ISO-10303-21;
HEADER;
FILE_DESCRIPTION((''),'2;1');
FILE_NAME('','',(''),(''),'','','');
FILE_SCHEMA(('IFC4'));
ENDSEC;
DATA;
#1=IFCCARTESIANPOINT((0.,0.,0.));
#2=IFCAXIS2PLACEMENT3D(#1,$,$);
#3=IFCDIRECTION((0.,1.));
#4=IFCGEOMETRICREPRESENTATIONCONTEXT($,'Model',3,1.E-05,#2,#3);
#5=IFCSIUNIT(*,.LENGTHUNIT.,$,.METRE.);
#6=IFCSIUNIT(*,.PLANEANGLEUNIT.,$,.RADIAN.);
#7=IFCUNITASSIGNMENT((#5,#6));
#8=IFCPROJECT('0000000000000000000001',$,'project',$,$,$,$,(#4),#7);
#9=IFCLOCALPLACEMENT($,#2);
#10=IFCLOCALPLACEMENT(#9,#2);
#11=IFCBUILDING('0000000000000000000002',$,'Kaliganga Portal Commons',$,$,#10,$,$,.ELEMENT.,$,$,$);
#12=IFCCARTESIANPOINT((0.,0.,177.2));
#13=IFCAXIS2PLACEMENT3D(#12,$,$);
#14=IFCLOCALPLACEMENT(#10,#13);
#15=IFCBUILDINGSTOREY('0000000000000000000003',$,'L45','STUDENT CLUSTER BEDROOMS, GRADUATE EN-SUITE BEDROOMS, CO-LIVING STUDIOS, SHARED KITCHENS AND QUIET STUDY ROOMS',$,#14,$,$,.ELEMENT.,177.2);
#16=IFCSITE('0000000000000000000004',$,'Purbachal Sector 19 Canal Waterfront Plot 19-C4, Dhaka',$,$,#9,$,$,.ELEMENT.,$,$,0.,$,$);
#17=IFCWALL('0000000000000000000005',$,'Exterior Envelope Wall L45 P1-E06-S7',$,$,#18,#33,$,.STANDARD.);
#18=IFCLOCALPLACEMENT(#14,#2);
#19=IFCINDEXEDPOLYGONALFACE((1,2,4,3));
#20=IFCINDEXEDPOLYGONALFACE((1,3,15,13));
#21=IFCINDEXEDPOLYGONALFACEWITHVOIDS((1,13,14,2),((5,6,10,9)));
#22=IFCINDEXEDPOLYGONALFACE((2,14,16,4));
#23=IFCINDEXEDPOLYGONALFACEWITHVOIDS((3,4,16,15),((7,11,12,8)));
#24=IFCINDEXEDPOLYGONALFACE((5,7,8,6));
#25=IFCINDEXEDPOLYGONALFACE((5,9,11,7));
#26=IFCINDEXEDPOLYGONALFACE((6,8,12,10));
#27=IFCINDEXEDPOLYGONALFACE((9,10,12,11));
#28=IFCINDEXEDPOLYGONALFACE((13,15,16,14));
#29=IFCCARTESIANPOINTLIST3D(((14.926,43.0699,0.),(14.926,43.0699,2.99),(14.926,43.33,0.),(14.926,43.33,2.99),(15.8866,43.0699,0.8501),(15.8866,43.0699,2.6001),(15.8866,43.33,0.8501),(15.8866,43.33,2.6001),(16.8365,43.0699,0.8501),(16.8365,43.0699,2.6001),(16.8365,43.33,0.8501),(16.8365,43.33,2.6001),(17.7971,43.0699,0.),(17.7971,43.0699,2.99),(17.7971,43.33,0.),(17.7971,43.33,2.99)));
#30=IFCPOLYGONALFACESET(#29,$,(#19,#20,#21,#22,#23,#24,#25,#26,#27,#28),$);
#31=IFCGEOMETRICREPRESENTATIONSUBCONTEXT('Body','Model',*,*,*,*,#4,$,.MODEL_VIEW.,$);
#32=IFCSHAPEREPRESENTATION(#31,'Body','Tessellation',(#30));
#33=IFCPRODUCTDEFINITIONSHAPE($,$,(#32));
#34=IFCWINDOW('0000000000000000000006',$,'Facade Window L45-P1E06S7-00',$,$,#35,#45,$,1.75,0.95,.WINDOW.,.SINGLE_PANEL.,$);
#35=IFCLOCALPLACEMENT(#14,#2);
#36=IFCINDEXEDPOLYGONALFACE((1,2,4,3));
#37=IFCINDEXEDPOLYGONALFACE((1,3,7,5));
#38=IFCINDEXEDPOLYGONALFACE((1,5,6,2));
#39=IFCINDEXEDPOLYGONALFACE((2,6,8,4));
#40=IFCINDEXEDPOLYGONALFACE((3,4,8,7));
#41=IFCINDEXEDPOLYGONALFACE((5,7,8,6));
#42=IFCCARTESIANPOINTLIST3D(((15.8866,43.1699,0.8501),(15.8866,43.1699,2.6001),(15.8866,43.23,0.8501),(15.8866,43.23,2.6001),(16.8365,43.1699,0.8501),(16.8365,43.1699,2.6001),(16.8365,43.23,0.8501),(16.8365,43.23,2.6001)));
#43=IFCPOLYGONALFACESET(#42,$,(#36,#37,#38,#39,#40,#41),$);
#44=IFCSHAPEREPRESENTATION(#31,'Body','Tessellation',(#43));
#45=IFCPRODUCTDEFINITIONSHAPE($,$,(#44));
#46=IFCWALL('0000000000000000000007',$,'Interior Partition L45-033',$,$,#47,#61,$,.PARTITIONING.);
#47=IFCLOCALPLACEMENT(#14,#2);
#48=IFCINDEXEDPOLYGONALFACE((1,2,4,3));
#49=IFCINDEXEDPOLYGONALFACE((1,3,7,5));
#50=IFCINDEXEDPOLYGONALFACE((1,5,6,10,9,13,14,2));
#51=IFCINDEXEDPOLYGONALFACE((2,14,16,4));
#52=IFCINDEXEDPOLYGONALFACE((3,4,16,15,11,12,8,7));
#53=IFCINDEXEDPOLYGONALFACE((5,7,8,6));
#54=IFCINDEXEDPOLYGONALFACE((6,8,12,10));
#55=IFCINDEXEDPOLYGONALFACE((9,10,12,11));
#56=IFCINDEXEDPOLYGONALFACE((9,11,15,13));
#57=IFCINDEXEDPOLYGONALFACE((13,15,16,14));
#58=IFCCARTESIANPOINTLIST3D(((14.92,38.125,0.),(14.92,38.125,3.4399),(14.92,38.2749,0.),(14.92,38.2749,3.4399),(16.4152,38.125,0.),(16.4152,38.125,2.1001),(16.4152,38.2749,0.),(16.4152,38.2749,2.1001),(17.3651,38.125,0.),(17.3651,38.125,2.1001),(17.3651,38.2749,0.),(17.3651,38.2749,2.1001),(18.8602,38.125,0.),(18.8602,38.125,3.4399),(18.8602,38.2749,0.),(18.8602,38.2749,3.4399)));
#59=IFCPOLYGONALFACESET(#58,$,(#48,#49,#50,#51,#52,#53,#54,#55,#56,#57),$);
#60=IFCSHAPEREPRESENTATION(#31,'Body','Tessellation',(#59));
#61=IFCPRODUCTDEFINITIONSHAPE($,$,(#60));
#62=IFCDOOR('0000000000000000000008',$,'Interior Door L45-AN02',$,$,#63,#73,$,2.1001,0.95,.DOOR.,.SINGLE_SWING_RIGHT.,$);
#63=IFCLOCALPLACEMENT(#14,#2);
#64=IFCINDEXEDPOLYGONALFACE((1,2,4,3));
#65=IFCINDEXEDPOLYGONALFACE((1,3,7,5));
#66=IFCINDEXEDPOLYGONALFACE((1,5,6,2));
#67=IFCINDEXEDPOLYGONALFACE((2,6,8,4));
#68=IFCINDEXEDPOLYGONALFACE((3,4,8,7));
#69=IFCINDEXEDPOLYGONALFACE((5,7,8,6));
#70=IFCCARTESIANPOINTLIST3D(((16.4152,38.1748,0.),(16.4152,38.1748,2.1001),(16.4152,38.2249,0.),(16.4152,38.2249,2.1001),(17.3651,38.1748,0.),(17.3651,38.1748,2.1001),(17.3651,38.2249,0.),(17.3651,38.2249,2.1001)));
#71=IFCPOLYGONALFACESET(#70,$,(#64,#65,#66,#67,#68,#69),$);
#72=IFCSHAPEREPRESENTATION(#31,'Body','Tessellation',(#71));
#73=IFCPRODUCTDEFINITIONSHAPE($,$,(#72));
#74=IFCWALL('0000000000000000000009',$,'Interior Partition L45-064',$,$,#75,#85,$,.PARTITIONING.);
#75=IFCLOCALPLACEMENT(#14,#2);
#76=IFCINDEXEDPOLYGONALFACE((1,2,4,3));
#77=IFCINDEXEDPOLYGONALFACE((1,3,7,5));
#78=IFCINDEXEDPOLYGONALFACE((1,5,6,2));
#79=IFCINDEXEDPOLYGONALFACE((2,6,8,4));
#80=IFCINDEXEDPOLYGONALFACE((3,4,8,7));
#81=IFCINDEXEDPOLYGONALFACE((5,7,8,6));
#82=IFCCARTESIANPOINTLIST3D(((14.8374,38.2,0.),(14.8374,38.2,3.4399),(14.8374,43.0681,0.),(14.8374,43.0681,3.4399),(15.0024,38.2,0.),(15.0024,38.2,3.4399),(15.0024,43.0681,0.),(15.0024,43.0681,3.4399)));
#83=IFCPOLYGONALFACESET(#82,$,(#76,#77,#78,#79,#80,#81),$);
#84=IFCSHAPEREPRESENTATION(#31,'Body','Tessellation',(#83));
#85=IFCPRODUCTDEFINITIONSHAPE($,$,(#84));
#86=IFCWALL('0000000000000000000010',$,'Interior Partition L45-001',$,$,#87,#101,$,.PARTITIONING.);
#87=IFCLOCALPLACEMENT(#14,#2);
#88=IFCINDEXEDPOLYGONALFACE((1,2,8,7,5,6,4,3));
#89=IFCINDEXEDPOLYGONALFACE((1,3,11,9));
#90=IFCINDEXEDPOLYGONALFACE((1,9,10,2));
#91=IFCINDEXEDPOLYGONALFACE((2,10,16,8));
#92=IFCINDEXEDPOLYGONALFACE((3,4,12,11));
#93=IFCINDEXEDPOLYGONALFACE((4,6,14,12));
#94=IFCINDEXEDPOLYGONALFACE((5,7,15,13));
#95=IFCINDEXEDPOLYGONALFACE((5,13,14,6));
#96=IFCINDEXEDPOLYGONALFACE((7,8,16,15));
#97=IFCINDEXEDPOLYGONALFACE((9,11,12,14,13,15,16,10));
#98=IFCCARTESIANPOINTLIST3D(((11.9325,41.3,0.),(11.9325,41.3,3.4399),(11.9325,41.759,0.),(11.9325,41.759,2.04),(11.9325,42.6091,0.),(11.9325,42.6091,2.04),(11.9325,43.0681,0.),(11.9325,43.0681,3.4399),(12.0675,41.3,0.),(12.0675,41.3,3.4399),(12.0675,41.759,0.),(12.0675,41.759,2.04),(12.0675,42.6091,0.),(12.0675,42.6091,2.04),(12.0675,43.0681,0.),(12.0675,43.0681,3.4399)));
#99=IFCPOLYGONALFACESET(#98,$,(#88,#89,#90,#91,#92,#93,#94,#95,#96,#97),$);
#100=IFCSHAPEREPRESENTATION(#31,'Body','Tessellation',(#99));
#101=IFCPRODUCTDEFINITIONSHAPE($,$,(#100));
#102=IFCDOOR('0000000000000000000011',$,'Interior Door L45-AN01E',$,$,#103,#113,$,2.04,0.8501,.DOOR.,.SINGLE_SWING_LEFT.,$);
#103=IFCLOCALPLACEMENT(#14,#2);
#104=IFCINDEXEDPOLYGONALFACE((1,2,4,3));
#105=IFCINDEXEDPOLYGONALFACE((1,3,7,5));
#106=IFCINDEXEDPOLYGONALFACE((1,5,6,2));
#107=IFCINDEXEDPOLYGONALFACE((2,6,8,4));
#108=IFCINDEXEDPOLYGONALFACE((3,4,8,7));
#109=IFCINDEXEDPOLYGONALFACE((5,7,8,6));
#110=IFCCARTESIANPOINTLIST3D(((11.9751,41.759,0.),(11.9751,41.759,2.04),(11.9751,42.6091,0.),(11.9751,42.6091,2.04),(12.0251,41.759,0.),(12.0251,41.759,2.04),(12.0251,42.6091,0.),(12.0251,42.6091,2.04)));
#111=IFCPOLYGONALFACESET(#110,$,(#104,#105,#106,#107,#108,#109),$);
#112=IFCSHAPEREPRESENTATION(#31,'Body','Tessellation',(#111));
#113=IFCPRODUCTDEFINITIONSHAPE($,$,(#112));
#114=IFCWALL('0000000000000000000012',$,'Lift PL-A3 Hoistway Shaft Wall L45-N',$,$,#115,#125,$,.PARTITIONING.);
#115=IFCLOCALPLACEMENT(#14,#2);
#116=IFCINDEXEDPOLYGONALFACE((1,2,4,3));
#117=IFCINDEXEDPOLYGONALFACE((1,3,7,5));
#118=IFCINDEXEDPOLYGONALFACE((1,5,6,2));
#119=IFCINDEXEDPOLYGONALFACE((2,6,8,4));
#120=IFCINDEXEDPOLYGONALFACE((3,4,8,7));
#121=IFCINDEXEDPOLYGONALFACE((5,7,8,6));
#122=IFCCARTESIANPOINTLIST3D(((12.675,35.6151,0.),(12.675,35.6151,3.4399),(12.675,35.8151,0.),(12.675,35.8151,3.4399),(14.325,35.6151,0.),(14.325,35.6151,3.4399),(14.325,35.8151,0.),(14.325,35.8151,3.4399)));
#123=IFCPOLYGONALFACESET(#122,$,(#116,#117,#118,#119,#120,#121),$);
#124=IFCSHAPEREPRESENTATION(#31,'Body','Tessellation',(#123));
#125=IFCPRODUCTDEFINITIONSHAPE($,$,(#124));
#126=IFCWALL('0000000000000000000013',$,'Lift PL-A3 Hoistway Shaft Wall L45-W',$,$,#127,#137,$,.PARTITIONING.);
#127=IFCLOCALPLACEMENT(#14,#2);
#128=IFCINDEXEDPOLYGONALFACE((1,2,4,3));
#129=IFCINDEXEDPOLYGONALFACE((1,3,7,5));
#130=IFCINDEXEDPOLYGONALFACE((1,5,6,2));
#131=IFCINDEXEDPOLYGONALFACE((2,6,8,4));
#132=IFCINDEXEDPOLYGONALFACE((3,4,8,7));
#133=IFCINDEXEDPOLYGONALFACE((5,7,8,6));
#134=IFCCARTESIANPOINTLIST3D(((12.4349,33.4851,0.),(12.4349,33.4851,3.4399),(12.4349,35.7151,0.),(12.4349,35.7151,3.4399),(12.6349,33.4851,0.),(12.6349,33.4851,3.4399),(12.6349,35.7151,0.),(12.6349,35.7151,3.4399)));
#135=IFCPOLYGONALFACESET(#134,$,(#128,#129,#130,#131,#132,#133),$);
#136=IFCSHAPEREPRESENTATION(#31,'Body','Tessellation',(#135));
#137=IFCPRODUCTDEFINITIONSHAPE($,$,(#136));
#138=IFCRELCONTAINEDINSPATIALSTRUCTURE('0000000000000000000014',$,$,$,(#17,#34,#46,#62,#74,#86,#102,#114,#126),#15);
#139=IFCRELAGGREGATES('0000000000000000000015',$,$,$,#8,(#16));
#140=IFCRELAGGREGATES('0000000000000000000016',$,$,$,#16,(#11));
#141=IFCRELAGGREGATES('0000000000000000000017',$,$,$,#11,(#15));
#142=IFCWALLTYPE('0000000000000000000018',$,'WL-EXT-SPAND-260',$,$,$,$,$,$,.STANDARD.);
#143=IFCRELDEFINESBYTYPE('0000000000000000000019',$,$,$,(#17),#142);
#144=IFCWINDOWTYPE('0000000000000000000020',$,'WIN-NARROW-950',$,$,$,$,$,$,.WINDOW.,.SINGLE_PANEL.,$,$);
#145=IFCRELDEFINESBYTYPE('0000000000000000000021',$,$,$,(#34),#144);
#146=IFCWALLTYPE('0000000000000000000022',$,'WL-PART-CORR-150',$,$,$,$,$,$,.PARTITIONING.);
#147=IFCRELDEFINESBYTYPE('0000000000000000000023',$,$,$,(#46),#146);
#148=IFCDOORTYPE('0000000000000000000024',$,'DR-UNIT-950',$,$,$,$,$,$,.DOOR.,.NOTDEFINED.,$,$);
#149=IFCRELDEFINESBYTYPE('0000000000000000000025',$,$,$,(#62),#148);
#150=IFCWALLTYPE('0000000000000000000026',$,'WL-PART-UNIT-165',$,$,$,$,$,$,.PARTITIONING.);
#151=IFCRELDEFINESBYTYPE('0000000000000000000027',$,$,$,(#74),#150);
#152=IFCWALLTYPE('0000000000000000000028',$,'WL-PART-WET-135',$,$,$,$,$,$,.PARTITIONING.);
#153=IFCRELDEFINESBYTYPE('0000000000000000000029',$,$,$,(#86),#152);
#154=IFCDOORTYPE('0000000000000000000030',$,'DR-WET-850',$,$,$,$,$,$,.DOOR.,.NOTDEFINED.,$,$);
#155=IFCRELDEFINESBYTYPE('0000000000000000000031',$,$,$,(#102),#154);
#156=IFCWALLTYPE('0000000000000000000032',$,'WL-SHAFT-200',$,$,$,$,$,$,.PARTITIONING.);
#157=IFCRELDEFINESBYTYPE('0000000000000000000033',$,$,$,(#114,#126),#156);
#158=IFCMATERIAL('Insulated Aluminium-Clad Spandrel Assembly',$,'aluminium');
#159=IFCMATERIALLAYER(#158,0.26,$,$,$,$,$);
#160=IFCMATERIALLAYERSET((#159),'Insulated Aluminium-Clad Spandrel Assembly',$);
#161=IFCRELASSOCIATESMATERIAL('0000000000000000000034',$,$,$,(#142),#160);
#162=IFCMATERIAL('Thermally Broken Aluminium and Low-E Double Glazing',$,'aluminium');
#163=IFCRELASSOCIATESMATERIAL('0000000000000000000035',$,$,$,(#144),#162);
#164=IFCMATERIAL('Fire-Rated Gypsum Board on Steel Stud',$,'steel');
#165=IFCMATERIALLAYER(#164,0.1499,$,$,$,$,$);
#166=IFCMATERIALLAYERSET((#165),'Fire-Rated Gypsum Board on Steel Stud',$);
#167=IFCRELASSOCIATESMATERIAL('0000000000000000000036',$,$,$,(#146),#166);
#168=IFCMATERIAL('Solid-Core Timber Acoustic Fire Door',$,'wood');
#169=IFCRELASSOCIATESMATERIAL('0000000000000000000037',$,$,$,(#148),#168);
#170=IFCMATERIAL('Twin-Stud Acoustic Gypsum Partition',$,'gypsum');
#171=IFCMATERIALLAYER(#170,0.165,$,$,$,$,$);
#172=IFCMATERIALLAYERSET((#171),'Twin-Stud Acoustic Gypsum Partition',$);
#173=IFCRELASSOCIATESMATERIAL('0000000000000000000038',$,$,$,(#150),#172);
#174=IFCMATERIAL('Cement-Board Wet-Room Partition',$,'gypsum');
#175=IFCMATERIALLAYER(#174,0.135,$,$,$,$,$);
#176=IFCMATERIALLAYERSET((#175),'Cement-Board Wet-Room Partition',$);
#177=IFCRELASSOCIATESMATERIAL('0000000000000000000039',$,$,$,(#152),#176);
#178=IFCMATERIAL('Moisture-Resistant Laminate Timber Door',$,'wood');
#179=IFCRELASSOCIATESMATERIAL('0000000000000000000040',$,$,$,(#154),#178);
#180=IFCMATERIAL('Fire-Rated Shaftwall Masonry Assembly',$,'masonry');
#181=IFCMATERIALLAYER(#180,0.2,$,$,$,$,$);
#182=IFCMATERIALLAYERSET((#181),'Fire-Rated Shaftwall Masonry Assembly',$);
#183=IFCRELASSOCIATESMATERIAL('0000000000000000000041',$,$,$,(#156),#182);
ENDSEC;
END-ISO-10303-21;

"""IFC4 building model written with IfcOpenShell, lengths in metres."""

from ifc_helpers import new_model, si_unit, direction, frame, frame_2d, origin, place, context, subcontext, project, spatial, rectangle, extrude, material, layer, layer_set, type_object, element, fill, save


model = new_model("IFC4")

# Units and contexts
model_context = context("Model", 3, precision=1e-05, world=origin(), true_north=direction((0.0, 1.0)))
body_context = subcontext(model_context, "Body", "Model", "MODEL_VIEW")
ifc_project = project(units=[si_unit("LENGTHUNIT", "METRE"), si_unit("PLANEANGLEUNIT", "RADIAN")], contexts=[model_context])

# Site, building, storey
site_placement = place(None, origin())
site = spatial("IfcSite", under=ifc_project, at=site_placement, Name="Purbachal Sector 19 Canal Waterfront Plot 19-C4, Dhaka", CompositionType="ELEMENT", RefElevation=0.0)
building_placement = place(site_placement, origin())
building = spatial("IfcBuilding", under=site, at=building_placement, Name="Kaliganga Portal Commons", CompositionType="ELEMENT")
storey_placement = place(building_placement, frame((0.0, 0.0, 177.2)))
storey = spatial("IfcBuildingStorey", under=building, at=storey_placement, Name="L45", Description="STUDENT CLUSTER BEDROOMS, GRADUATE EN-SUITE BEDROOMS, CO-LIVING STUDIOS, SHARED KITCHENS AND QUIET STUDY ROOMS", CompositionType="ELEMENT", Elevation=177.2)

# Wall, opening, window
ifc_material_1 = material(Name="Insulated Aluminium-Clad Spandrel Assembly", Category="aluminium")
ifc_layer_1 = layer(ifc_material_1, 0.26)
ifc_layer_set_1 = layer_set([ifc_layer_1], Name="Insulated Aluminium-Clad Spandrel Assembly")
wall_type_1 = type_object("IfcWallType", Name="WL-EXT-SPAND-260", PredefinedType="STANDARD", material=ifc_layer_set_1)
wall_1_placement = place(storey_placement, frame((14.926, 43.2, 0.0), z_axis=(0.0, 0.0, 1.0), x_axis=(1.0, 0.0, 0.0)))
wall_1 = element("IfcWall", 1, at=wall_1_placement, inside=storey, type_object=wall_type_1, Name="Exterior Envelope Wall L45 P1-E06-S7", PredefinedType="STANDARD", context=body_context, shape_type="SweptSolid", body=[
    extrude(rectangle(XDim=2.8711, YDim=0.26, at=frame_2d((1.4355, 0.0))), origin(), (0.0, 0.0, 1.0), 2.99),
])
opening_1_placement = place(wall_1_placement, frame((0.9604, 0.0, 0.8501)))
opening_1 = element("IfcOpeningElement", 2, at=opening_1_placement, cuts=wall_1, PredefinedType="OPENING", context=body_context, shape_type="SweptSolid", body=[
    extrude(rectangle(XDim=0.95, YDim=1.75, at=frame_2d((0.4751, 0.875))), frame((0.0, 0.1401, 0.0), z_axis=(0.0, -1.0, 0.0), x_axis=(1.0, 0.0, 0.0)), (0.0, 0.0, 1.0), 0.28),
])
ifc_material_2 = material(Name="Thermally Broken Aluminium and Low-E Double Glazing", Category="aluminium")
window_type = type_object("IfcWindowType", Name="WIN-NARROW-950", PartitioningType="SINGLE_PANEL", PredefinedType="WINDOW", material=ifc_material_2)
window_placement = place(opening_1_placement, origin())
window = element("IfcWindow", 3, at=window_placement, inside=storey, type_object=window_type, Name="Facade Window L45-P1E06S7-00", OverallHeight=1.75, OverallWidth=0.95, PartitioningType="SINGLE_PANEL", PredefinedType="WINDOW", context=body_context, shape_type="SweptSolid", body=[
    extrude(rectangle(XDim=0.95, YDim=1.75, at=frame_2d((0.4751, 0.875))), frame((0.0, 0.03, 0.0), z_axis=(0.0, -1.0, 0.0), x_axis=(1.0, 0.0, 0.0)), (0.0, 0.0, 1.0), 0.0601),
])
fill(opening_1, window)

# Wall, opening, door
ifc_material_3 = material(Name="Fire-Rated Gypsum Board on Steel Stud", Category="steel")
ifc_layer_2 = layer(ifc_material_3, 0.1499)
ifc_layer_set_2 = layer_set([ifc_layer_2], Name="Fire-Rated Gypsum Board on Steel Stud")
wall_type_2 = type_object("IfcWallType", Name="WL-PART-CORR-150", PredefinedType="PARTITIONING", material=ifc_layer_set_2)
wall_2_placement = place(storey_placement, frame((14.9199, 38.2, 0.0), z_axis=(0.0, 0.0, 1.0), x_axis=(1.0, 0.0, 0.0)))
wall_2 = element("IfcWall", 4, at=wall_2_placement, inside=storey, type_object=wall_type_2, Name="Interior Partition L45-033", PredefinedType="PARTITIONING", context=body_context, shape_type="SweptSolid", body=[
    extrude(rectangle(XDim=3.9402, YDim=0.1499, at=frame_2d((1.9702, 0.0))), origin(), (0.0, 0.0, 1.0), 3.4399),
])
opening_2_placement = place(wall_2_placement, frame((1.4951, 0.0, 0.0)))
opening_2 = element("IfcOpeningElement", 5, at=opening_2_placement, cuts=wall_2, PredefinedType="OPENING", context=body_context, shape_type="SweptSolid", body=[
    extrude(rectangle(XDim=0.95, YDim=2.1001, at=frame_2d((0.4751, 1.05))), frame((0.0, 0.085, 0.0), z_axis=(0.0, -1.0, 0.0), x_axis=(1.0, 0.0, 0.0)), (0.0, 0.0, 1.0), 0.1699),
])
ifc_material_4 = material(Name="Solid-Core Timber Acoustic Fire Door", Category="wood")
door_type_1 = type_object("IfcDoorType", Name="DR-UNIT-950", OperationType="NOTDEFINED", PredefinedType="DOOR", material=ifc_material_4)
door_1_placement = place(opening_2_placement, origin())
door_1 = element("IfcDoor", 6, at=door_1_placement, inside=storey, type_object=door_type_1, Name="Interior Door L45-AN02", OperationType="SINGLE_SWING_RIGHT", OverallHeight=2.1001, OverallWidth=0.95, PredefinedType="DOOR", context=body_context, shape_type="SweptSolid", body=[
    extrude(rectangle(XDim=0.95, YDim=2.1001, at=frame_2d((0.4751, 1.05))), frame((0.0, 0.0249, 0.0), z_axis=(0.0, -1.0, 0.0), x_axis=(1.0, 0.0, 0.0)), (0.0, 0.0, 1.0), 0.05),
])
fill(opening_2, door_1)

# Wall
ifc_material_5 = material(Name="Twin-Stud Acoustic Gypsum Partition", Category="gypsum")
ifc_layer_3 = layer(ifc_material_5, 0.165)
ifc_layer_set_3 = layer_set([ifc_layer_3], Name="Twin-Stud Acoustic Gypsum Partition")
wall_type_3 = type_object("IfcWallType", Name="WL-PART-UNIT-165", PredefinedType="PARTITIONING", material=ifc_layer_set_3)
wall_3_placement = place(storey_placement, frame((14.9199, 38.2, 0.0), z_axis=(0.0, 0.0, 1.0), x_axis=(0.0, 1.0, 0.0)))
element("IfcWall", 7, at=wall_3_placement, inside=storey, type_object=wall_type_3, Name="Interior Partition L45-064", PredefinedType="PARTITIONING", context=body_context, shape_type="SweptSolid", body=[
    extrude(rectangle(XDim=4.8682, YDim=0.165, at=frame_2d((2.4341, 0.0))), origin(), (0.0, 0.0, 1.0), 3.4399),
])

# Wall, opening, door
ifc_material_6 = material(Name="Cement-Board Wet-Room Partition", Category="gypsum")
ifc_layer_4 = layer(ifc_material_6, 0.135)
ifc_layer_set_4 = layer_set([ifc_layer_4], Name="Cement-Board Wet-Room Partition")
wall_type_4 = type_object("IfcWallType", Name="WL-PART-WET-135", PredefinedType="PARTITIONING", material=ifc_layer_set_4)
wall_4_placement = place(storey_placement, frame((12.0, 41.3, 0.0), z_axis=(0.0, 0.0, 1.0), x_axis=(0.0, 1.0, 0.0)))
wall_4 = element("IfcWall", 8, at=wall_4_placement, inside=storey, type_object=wall_type_4, Name="Interior Partition L45-001", PredefinedType="PARTITIONING", context=body_context, shape_type="SweptSolid", body=[
    extrude(rectangle(XDim=1.7681, YDim=0.135, at=frame_2d((0.884, 0.0))), origin(), (0.0, 0.0, 1.0), 3.4399),
])
opening_3_placement = place(wall_4_placement, frame((0.459, 0.0, 0.0)))
opening_3 = element("IfcOpeningElement", 9, at=opening_3_placement, cuts=wall_4, PredefinedType="OPENING", context=body_context, shape_type="SweptSolid", body=[
    extrude(rectangle(XDim=0.8501, YDim=2.04, at=frame_2d((0.425, 1.02))), frame((0.0, 0.0776, 0.0), z_axis=(0.0, -1.0, 0.0), x_axis=(1.0, 0.0, 0.0)), (0.0, 0.0, 1.0), 0.155),
])
ifc_material_7 = material(Name="Moisture-Resistant Laminate Timber Door", Category="wood")
door_type_2 = type_object("IfcDoorType", Name="DR-WET-850", OperationType="NOTDEFINED", PredefinedType="DOOR", material=ifc_material_7)
door_2_placement = place(opening_3_placement, origin())
door_2 = element("IfcDoor", 10, at=door_2_placement, inside=storey, type_object=door_type_2, Name="Interior Door L45-AN01E", OperationType="SINGLE_SWING_LEFT", OverallHeight=2.04, OverallWidth=0.8501, PredefinedType="DOOR", context=body_context, shape_type="SweptSolid", body=[
    extrude(rectangle(XDim=0.8501, YDim=2.04, at=frame_2d((0.425, 1.02))), frame((0.0, 0.0249, 0.0), z_axis=(0.0, -1.0, 0.0), x_axis=(1.0, 0.0, 0.0)), (0.0, 0.0, 1.0), 0.05),
])
fill(opening_3, door_2)
ifc_material_8 = material(Name="Fire-Rated Shaftwall Masonry Assembly", Category="masonry")
ifc_layer_5 = layer(ifc_material_8, 0.2)
ifc_layer_set_5 = layer_set([ifc_layer_5], Name="Fire-Rated Shaftwall Masonry Assembly")
wall_type_5 = type_object("IfcWallType", Name="WL-SHAFT-200", PredefinedType="PARTITIONING", material=ifc_layer_set_5)

# Walls
wall_5_placement = place(storey_placement, frame((12.675, 35.7151, 0.0), z_axis=(0.0, 0.0, 1.0), x_axis=(1.0, 0.0, 0.0)))
element("IfcWall", 11, at=wall_5_placement, inside=storey, type_object=wall_type_5, Name="Lift PL-A3 Hoistway Shaft Wall L45-N", PredefinedType="PARTITIONING", context=body_context, shape_type="SweptSolid", body=[
    extrude(rectangle(XDim=1.6499, YDim=0.2, at=frame_2d((0.825, 0.0))), origin(), (0.0, 0.0, 1.0), 3.4399),
])
wall_6_placement = place(storey_placement, frame((12.5349, 33.4851, 0.0), z_axis=(0.0, 0.0, 1.0), x_axis=(0.0, 1.0, 0.0)))
element("IfcWall", 12, at=wall_6_placement, inside=storey, type_object=wall_type_5, Name="Lift PL-A3 Hoistway Shaft Wall L45-W", PredefinedType="PARTITIONING", context=body_context, shape_type="SweptSolid", body=[
    extrude(rectangle(XDim=2.23, YDim=0.2, at=frame_2d((1.115, 0.0))), origin(), (0.0, 0.0, 1.0), 3.4399),
])

save(model, "model.ifc")
